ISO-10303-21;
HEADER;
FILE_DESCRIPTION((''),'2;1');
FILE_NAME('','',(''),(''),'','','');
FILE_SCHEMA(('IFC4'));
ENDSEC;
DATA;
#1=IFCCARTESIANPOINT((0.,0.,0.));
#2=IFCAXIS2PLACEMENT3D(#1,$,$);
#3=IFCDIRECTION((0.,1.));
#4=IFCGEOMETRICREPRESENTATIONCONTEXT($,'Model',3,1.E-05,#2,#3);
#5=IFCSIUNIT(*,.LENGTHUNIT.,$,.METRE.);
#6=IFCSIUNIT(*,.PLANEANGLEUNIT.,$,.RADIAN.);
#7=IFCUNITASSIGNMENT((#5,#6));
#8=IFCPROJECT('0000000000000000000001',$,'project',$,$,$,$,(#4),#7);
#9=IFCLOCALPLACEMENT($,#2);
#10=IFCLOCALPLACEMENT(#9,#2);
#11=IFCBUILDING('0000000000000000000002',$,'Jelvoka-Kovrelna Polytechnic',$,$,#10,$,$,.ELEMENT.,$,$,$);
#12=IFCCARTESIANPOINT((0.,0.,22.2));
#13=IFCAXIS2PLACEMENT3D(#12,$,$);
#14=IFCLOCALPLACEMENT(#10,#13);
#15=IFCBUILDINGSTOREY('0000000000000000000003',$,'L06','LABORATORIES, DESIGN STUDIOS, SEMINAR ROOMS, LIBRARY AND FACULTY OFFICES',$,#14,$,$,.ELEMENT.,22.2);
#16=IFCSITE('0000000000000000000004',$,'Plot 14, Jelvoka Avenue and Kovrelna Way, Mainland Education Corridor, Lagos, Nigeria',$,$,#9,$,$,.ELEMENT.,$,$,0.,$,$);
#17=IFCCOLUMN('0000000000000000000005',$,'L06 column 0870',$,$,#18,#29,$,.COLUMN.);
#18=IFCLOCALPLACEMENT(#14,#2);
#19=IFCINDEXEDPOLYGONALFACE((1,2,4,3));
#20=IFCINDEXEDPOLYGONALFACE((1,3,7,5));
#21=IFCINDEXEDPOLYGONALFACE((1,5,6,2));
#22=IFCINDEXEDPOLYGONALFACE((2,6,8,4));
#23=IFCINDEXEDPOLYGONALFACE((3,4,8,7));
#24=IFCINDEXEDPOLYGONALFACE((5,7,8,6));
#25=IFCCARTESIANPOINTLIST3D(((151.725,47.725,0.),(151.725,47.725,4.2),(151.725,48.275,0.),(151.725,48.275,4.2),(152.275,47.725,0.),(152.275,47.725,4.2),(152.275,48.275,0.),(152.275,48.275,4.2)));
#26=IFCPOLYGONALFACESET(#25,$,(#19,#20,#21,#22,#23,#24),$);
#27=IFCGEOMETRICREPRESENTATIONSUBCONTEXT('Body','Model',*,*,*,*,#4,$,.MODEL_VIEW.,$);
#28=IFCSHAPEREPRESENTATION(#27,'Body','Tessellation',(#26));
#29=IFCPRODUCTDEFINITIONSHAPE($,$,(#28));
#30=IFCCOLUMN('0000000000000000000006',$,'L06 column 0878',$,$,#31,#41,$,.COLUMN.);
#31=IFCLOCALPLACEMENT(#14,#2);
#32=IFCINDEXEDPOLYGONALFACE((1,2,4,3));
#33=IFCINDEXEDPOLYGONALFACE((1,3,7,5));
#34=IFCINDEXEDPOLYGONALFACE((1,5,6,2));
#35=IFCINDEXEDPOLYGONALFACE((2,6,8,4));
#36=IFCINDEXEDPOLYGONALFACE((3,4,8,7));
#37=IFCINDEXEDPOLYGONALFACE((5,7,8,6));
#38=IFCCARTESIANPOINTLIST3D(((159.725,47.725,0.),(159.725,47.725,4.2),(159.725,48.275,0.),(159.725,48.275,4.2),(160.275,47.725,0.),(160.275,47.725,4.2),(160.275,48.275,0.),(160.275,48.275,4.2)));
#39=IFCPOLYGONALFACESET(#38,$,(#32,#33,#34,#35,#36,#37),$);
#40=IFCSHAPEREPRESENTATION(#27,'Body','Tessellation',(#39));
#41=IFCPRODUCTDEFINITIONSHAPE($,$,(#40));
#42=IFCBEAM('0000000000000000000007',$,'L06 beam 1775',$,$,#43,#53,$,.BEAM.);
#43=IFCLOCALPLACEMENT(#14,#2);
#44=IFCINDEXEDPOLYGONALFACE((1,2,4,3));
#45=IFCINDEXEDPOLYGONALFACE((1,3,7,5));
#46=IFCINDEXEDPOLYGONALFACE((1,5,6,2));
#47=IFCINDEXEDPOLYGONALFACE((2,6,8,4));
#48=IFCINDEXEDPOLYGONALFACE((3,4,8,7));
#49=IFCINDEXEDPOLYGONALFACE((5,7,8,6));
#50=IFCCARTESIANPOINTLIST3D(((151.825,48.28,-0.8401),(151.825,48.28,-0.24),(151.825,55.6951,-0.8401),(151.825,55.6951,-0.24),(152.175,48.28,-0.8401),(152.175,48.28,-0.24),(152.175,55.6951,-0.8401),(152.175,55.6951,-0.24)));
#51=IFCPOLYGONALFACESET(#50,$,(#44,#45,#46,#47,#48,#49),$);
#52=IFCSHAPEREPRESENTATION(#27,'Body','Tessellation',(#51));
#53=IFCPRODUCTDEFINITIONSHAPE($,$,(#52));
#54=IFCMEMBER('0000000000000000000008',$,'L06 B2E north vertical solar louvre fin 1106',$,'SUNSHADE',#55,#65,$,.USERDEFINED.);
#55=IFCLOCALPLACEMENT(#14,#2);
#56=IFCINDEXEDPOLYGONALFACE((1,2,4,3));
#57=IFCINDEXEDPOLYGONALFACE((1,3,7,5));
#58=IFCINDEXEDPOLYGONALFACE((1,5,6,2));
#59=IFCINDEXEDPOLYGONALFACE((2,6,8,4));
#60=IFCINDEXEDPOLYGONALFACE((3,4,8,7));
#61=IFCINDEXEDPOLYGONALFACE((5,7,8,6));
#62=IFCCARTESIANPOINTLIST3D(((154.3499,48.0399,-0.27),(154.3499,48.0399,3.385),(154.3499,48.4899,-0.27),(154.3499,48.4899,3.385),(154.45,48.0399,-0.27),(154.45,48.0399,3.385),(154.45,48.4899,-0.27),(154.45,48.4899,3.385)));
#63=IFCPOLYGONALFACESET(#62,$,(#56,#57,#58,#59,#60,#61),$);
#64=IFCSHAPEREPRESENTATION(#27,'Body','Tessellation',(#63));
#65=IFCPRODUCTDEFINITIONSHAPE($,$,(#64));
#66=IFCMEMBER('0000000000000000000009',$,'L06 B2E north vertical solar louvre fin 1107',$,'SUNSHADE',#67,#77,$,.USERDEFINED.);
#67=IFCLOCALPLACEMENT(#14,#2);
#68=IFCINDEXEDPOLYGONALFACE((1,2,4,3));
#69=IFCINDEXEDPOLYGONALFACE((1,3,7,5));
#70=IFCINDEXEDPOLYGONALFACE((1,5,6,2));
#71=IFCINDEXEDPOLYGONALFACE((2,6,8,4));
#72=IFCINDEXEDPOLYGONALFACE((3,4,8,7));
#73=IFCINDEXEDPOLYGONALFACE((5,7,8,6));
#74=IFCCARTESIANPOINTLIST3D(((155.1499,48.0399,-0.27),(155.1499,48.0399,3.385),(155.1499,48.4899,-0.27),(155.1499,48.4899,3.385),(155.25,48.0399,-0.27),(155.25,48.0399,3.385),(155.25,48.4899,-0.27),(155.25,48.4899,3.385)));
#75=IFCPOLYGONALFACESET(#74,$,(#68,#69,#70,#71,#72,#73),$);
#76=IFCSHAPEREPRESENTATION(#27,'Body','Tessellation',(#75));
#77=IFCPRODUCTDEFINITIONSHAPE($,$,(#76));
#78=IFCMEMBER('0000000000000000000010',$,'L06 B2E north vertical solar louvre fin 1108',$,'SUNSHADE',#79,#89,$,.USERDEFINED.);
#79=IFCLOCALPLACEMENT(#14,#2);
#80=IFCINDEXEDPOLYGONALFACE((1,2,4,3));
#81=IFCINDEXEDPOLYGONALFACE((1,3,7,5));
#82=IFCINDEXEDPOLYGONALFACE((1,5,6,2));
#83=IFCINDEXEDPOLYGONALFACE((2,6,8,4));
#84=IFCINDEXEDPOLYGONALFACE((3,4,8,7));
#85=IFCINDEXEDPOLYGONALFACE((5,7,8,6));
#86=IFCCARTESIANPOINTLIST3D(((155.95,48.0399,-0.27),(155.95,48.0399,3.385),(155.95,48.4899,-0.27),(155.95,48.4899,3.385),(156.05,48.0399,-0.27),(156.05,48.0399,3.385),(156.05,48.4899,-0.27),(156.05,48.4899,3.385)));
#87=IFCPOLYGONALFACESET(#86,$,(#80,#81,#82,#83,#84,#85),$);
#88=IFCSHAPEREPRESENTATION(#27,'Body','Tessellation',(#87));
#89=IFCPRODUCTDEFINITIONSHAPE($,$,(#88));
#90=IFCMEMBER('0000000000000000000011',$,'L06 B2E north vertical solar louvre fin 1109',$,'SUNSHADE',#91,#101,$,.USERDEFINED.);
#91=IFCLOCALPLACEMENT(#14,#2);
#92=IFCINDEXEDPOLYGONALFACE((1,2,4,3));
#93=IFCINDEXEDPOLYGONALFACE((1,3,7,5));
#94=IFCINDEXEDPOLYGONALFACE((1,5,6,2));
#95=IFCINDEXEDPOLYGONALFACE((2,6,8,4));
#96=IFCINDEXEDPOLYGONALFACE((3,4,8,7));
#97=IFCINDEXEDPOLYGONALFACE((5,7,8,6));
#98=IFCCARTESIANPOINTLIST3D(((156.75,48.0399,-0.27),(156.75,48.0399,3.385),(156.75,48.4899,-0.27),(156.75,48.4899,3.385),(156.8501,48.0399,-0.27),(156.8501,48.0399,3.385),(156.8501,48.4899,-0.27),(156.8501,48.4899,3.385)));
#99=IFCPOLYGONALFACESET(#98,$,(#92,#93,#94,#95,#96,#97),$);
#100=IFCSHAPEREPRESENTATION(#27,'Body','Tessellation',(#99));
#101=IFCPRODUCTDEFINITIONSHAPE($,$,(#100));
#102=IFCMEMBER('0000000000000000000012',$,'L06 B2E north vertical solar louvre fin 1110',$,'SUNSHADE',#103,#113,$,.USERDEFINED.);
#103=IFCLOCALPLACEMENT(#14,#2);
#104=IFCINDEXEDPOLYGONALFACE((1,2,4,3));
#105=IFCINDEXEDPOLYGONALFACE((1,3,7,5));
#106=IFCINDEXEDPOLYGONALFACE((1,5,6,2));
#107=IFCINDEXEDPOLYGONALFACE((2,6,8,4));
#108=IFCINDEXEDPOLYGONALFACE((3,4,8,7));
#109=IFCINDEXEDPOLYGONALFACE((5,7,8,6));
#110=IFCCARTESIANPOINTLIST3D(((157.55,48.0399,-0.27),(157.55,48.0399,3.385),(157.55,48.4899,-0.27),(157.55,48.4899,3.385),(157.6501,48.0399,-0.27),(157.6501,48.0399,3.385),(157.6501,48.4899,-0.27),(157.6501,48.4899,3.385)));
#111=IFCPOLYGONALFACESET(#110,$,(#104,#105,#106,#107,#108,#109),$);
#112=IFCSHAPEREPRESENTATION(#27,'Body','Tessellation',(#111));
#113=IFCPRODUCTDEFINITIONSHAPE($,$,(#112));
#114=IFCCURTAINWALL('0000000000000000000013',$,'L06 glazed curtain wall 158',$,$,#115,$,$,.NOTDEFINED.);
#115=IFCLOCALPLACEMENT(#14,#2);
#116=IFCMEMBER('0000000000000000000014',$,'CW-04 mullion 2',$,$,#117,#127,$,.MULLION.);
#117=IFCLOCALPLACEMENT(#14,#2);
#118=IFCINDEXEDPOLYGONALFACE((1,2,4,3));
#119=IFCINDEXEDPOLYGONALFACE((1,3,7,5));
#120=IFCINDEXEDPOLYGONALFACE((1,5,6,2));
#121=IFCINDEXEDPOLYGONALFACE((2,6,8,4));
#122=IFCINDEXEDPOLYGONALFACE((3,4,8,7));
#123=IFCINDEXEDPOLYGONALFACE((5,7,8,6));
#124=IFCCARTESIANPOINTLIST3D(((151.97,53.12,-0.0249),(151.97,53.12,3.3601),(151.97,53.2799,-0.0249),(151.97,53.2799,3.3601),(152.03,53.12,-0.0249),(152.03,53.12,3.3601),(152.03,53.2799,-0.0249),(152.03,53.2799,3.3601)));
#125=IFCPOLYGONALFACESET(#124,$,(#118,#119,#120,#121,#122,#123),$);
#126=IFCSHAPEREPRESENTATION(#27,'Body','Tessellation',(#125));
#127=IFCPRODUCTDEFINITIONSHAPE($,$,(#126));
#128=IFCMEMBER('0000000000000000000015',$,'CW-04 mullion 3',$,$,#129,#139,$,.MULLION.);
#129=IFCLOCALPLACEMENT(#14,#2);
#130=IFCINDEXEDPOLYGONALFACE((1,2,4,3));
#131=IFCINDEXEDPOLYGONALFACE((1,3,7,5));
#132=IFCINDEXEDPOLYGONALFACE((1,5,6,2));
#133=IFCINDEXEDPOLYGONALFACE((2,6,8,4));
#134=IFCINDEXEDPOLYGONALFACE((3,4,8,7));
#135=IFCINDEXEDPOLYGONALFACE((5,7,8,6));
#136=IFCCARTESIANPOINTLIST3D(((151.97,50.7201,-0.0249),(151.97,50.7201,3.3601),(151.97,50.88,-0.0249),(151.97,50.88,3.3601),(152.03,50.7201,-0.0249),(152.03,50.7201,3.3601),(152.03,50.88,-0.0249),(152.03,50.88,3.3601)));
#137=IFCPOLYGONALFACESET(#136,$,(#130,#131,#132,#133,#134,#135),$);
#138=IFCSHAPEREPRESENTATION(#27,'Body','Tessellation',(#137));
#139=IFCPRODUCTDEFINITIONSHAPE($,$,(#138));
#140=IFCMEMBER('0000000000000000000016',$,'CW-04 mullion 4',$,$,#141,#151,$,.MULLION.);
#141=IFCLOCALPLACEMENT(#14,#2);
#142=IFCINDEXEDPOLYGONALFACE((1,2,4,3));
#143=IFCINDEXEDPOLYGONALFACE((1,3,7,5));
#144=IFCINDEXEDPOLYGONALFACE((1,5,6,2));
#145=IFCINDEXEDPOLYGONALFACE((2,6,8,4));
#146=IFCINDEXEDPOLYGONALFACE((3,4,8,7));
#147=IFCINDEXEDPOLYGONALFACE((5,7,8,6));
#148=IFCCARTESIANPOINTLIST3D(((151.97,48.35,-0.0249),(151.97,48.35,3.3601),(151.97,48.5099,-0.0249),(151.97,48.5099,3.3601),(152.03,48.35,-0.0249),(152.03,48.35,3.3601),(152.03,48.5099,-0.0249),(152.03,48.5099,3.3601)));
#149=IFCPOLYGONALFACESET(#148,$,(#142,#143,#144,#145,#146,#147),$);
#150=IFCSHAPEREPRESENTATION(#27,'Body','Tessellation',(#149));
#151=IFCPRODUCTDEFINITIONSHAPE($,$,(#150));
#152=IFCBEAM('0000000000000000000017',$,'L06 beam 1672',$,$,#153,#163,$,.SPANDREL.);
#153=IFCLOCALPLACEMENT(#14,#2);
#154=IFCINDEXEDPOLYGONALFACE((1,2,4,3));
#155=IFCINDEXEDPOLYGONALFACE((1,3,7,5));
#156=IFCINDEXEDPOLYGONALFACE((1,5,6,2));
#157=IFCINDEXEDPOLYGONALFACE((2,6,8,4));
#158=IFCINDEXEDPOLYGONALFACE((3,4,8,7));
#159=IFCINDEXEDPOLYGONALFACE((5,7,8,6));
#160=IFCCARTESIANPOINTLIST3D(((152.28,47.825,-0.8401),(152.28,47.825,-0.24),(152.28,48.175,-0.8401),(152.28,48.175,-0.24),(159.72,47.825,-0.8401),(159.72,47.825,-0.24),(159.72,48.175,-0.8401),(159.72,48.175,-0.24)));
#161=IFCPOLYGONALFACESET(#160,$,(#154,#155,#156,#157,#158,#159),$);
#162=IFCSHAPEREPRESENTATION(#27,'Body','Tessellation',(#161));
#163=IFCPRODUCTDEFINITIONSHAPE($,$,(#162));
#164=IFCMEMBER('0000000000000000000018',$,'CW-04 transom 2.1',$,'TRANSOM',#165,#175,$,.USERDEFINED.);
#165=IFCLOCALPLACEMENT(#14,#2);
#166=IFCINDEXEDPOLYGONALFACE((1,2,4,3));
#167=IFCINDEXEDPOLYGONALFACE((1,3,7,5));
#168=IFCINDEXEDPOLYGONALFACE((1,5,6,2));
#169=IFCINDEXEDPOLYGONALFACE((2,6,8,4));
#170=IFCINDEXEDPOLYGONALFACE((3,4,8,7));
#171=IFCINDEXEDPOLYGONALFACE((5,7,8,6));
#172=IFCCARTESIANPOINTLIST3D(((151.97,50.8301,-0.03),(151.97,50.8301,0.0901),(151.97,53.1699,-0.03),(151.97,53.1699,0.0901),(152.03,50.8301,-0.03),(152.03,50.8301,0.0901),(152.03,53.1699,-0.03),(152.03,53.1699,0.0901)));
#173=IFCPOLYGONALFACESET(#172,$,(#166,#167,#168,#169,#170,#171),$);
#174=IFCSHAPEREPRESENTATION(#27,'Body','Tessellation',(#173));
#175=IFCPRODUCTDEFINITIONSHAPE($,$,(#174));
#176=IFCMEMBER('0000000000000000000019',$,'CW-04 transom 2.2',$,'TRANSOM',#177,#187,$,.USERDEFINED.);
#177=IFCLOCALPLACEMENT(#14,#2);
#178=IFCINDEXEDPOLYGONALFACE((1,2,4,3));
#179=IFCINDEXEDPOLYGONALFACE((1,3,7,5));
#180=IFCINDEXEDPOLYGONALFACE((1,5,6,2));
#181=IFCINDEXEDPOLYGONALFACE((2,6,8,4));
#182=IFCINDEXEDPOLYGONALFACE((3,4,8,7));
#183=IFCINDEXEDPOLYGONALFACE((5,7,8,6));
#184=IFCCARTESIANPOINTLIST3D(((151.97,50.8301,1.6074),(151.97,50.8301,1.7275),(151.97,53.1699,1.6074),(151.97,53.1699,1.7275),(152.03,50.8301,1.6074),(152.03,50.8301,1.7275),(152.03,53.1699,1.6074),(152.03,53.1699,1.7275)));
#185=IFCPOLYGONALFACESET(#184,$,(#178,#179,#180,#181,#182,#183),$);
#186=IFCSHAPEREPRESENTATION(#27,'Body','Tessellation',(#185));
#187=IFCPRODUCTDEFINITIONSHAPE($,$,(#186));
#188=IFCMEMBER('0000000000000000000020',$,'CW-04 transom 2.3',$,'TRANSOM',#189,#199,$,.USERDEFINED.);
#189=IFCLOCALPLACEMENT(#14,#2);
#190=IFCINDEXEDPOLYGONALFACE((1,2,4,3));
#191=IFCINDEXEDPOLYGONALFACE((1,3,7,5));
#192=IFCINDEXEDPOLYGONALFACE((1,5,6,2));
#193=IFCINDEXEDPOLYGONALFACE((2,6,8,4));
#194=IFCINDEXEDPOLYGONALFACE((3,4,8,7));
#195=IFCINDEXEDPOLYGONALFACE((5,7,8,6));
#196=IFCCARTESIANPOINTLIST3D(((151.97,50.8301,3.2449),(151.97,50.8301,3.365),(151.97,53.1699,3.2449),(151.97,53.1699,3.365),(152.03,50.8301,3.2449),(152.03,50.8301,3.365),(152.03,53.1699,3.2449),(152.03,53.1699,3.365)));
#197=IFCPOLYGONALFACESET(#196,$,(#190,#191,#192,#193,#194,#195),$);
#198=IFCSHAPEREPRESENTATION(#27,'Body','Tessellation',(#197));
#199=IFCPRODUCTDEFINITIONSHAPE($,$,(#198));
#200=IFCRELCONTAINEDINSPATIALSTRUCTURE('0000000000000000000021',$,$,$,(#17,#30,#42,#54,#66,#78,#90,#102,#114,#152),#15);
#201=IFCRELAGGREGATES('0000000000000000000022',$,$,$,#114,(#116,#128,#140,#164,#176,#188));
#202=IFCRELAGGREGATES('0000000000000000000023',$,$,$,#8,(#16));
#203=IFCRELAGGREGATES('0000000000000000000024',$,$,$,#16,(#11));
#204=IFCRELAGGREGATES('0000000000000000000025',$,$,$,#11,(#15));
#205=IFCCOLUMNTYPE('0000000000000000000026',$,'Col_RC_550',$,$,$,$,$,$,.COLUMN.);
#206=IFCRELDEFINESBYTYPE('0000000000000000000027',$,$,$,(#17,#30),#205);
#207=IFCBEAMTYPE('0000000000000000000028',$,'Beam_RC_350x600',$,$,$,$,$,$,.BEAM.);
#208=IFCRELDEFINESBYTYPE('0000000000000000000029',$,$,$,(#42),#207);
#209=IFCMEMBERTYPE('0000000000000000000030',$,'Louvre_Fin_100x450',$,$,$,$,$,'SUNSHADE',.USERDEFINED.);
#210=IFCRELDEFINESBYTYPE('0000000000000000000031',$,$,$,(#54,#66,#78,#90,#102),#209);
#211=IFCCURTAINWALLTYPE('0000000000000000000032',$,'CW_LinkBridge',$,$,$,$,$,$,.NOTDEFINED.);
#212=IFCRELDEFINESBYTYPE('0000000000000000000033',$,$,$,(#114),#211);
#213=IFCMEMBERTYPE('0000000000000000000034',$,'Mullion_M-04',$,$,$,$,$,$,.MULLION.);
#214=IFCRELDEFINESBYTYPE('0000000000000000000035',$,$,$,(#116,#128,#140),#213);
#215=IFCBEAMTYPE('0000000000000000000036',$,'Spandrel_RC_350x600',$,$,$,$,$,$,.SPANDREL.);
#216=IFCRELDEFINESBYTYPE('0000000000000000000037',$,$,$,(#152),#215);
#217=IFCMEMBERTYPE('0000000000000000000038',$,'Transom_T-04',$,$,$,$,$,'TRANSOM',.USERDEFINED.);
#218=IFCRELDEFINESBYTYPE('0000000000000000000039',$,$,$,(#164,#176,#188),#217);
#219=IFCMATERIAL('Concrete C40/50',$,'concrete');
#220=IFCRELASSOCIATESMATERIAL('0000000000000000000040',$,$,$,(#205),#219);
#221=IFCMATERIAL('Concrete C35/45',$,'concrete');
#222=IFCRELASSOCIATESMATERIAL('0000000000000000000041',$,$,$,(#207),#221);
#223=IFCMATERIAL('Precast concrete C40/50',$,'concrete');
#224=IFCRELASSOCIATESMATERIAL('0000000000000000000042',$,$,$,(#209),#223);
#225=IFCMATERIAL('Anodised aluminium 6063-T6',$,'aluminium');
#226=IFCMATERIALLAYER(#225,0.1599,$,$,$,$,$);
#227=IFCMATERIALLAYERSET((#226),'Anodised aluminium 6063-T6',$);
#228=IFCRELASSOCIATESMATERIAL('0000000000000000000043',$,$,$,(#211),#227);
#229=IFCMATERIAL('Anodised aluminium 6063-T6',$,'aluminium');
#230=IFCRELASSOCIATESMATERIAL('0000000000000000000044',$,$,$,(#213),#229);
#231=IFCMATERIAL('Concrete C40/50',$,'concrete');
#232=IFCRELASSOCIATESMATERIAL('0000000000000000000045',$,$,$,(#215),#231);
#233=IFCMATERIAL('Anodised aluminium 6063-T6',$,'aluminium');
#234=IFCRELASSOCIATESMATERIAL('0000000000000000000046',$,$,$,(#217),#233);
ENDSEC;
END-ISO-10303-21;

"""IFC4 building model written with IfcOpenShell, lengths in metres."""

from ifc_helpers import new_model, si_unit, direction, frame, origin, origin_2d, place, context, subcontext, project, spatial, rectangle, extrude, material, layer, layer_set, material_profile, profile_set, type_object, element, aggregate, save


model = new_model("IFC4")

# Units and contexts
model_context = context("Model", 3, precision=1e-05, world=origin(), true_north=direction((0.0, 1.0)))
body_context = subcontext(model_context, "Body", "Model", "MODEL_VIEW")
ifc_project = project(units=[si_unit("LENGTHUNIT", "METRE"), si_unit("PLANEANGLEUNIT", "RADIAN")], contexts=[model_context])

# Site, building, storey
site_placement = place(None, origin())
site = spatial("IfcSite", under=ifc_project, at=site_placement, Name="Plot 14, Jelvoka Avenue and Kovrelna Way, Mainland Education Corridor, Lagos, Nigeria", CompositionType="ELEMENT", RefElevation=0.0)
building_placement = place(site_placement, origin())
building = spatial("IfcBuilding", under=site, at=building_placement, Name="Jelvoka-Kovrelna Polytechnic", CompositionType="ELEMENT")
storey_placement = place(building_placement, frame((0.0, 0.0, 22.2)))
storey = spatial("IfcBuildingStorey", under=building, at=storey_placement, Name="L06", Description="LABORATORIES, DESIGN STUDIOS, SEMINAR ROOMS, LIBRARY AND FACULTY OFFICES", CompositionType="ELEMENT", Elevation=22.2)

# Columns
ifc_material_1 = material(Name="Concrete C40/50", Category="concrete")
ifc_material_profile_1 = material_profile(ifc_material_1, rectangle(XDim=0.55, YDim=0.55, at=origin_2d()), Name="RC 550x550")
ifc_profile_set_1 = profile_set([ifc_material_profile_1], Name="Concrete C40/50")
column_type = type_object("IfcColumnType", Name="Col_RC_550", PredefinedType="COLUMN", material=ifc_profile_set_1)
for number, where, z_axis, x_axis, name in (
    (1, (152.0, 48.0, 0.0), (0.0, 0.0, 1.0), (1.0, 0.0, 0.0), "L06 column 0870"),
    (2, (160.0, 48.0, 0.0), (0.0, 0.0, 1.0), (1.0, 0.0, 0.0), "L06 column 0878"),
):
    element("IfcColumn", number, at=place(storey_placement, frame(where, z_axis=z_axis, x_axis=x_axis)), inside=storey, type_object=column_type, Name=name, PredefinedType="COLUMN", context=body_context, shape_type="SweptSolid", body=[
        extrude(rectangle(XDim=0.55, YDim=0.55, at=origin_2d()), origin(), (0.0, 0.0, 1.0), 4.2),
    ])

# Beam
ifc_material_2 = material(Name="Concrete C35/45", Category="concrete")
ifc_material_profile_2 = material_profile(ifc_material_2, rectangle(XDim=0.3501, YDim=0.6001, at=origin_2d()), Name="RC 350x600")
ifc_profile_set_2 = profile_set([ifc_material_profile_2], Name="Concrete C35/45")
beam_type_1 = type_object("IfcBeamType", Name="Beam_RC_350x600", PredefinedType="BEAM", material=ifc_profile_set_2)
beam_1_placement = place(storey_placement, frame((152.0, 48.28, -0.54), z_axis=(0.0, 1.0, 0.0), x_axis=(-1.0, 0.0, 0.0)))
element("IfcBeam", 3, at=beam_1_placement, inside=storey, type_object=beam_type_1, Name="L06 beam 1775", PredefinedType="BEAM", context=body_context, shape_type="SweptSolid", body=[
    extrude(rectangle(XDim=0.3501, YDim=0.6001, at=origin_2d()), origin(), (0.0, 0.0, 1.0), 7.415),
])

# Members
ifc_material_3 = material(Name="Precast concrete C40/50", Category="concrete")
ifc_material_profile_3 = material_profile(ifc_material_3, rectangle(XDim=0.1001, YDim=0.45, at=origin_2d()), Name="PC 100x450")
ifc_profile_set_3 = profile_set([ifc_material_profile_3], Name="Precast concrete C40/50")
member_type_1 = type_object("IfcMemberType", Name="Louvre_Fin_100x450", ElementType="SUNSHADE", PredefinedType="USERDEFINED", material=ifc_profile_set_3)
for number, where, z_axis, x_axis, name in (
    (4, (154.3999, 48.2649, -0.27), (0.0, 0.0, 1.0), (1.0, 0.0, 0.0), "L06 B2E north vertical solar louvre fin 1106"),
    (5, (155.2, 48.2649, -0.27), (0.0, 0.0, 1.0), (1.0, 0.0, 0.0), "L06 B2E north vertical solar louvre fin 1107"),
    (6, (156.0, 48.2649, -0.27), (0.0, 0.0, 1.0), (1.0, 0.0, 0.0), "L06 B2E north vertical solar louvre fin 1108"),
    (7, (156.8, 48.2649, -0.27), (0.0, 0.0, 1.0), (1.0, 0.0, 0.0), "L06 B2E north vertical solar louvre fin 1109"),
    (8, (157.6001, 48.2649, -0.27), (0.0, 0.0, 1.0), (1.0, 0.0, 0.0), "L06 B2E north vertical solar louvre fin 1110"),
):
    element("IfcMember", number, at=place(storey_placement, frame(where, z_axis=z_axis, x_axis=x_axis)), inside=storey, type_object=member_type_1, Name=name, ObjectType="SUNSHADE", PredefinedType="USERDEFINED", context=body_context, shape_type="SweptSolid", body=[
        extrude(rectangle(XDim=0.1001, YDim=0.45, at=origin_2d()), origin(), (0.0, 0.0, 1.0), 3.655),
    ])

# Curtain wall, members
ifc_material_4 = material(Name="Anodised aluminium 6063-T6", Category="aluminium")
ifc_layer_1 = layer(ifc_material_4, 0.1599)
ifc_layer_set_1 = layer_set([ifc_layer_1], Name="Anodised aluminium 6063-T6")
curtain_wall_type = type_object("IfcCurtainWallType", Name="CW_LinkBridge", PredefinedType="NOTDEFINED", material=ifc_layer_set_1)
curtain_wall_placement = place(storey_placement, origin())
curtain_wall = element("IfcCurtainWall", 9, at=curtain_wall_placement, inside=storey, type_object=curtain_wall_type, Name="L06 glazed curtain wall 158", PredefinedType="NOTDEFINED")
ifc_material_5 = material(Name="Anodised aluminium 6063-T6", Category="aluminium")
ifc_material_profile_4 = material_profile(ifc_material_5, rectangle(XDim=0.0601, YDim=0.1599, at=origin_2d()), Name="ALU 60x160")
ifc_profile_set_4 = profile_set([ifc_material_profile_4], Name="Anodised aluminium 6063-T6")
member_type_2 = type_object("IfcMemberType", Name="Mullion_M-04", PredefinedType="MULLION", material=ifc_profile_set_4)
member_1_placement = place(storey_placement, frame((152.0, 53.2, -0.0249), z_axis=(0.0, 0.0, 1.0), x_axis=(1.0, 0.0, 0.0)))
member_1 = element("IfcMember", 10, at=member_1_placement, type_object=member_type_2, Name="CW-04 mullion 2", PredefinedType="MULLION", context=body_context, shape_type="SweptSolid", body=[
    extrude(rectangle(XDim=0.0601, YDim=0.1599, at=origin_2d()), origin(), (0.0, 0.0, 1.0), 3.385),
])
member_2_placement = place(storey_placement, frame((152.0, 50.8, -0.0249), z_axis=(0.0, 0.0, 1.0), x_axis=(1.0, 0.0, 0.0)))
member_2 = element("IfcMember", 11, at=member_2_placement, type_object=member_type_2, Name="CW-04 mullion 3", PredefinedType="MULLION", context=body_context, shape_type="SweptSolid", body=[
    extrude(rectangle(XDim=0.0601, YDim=0.1599, at=origin_2d()), origin(), (0.0, 0.0, 1.0), 3.385),
])
member_3_placement = place(storey_placement, frame((152.0, 48.4299, -0.0249), z_axis=(0.0, 0.0, 1.0), x_axis=(1.0, 0.0, 0.0)))
member_3 = element("IfcMember", 12, at=member_3_placement, type_object=member_type_2, Name="CW-04 mullion 4", PredefinedType="MULLION", context=body_context, shape_type="SweptSolid", body=[
    extrude(rectangle(XDim=0.0601, YDim=0.1599, at=origin_2d()), origin(), (0.0, 0.0, 1.0), 3.385),
])

# Beam
ifc_material_6 = material(Name="Concrete C40/50", Category="concrete")
ifc_material_profile_5 = material_profile(ifc_material_6, rectangle(XDim=0.3501, YDim=0.6001, at=origin_2d()), Name="RC 350x600")
ifc_profile_set_5 = profile_set([ifc_material_profile_5], Name="Concrete C40/50")
beam_type_2 = type_object("IfcBeamType", Name="Spandrel_RC_350x600", PredefinedType="SPANDREL", material=ifc_profile_set_5)
beam_2_placement = place(storey_placement, frame((152.28, 48.0, -0.54), z_axis=(1.0, 0.0, 0.0), x_axis=(0.0, 1.0, 0.0)))
element("IfcBeam", 13, at=beam_2_placement, inside=storey, type_object=beam_type_2, Name="L06 beam 1672", PredefinedType="SPANDREL", context=body_context, shape_type="SweptSolid", body=[
    extrude(rectangle(XDim=0.3501, YDim=0.6001, at=origin_2d()), origin(), (0.0, 0.0, 1.0), 7.4399),
])

# Members
ifc_material_7 = material(Name="Anodised aluminium 6063-T6", Category="aluminium")
ifc_material_profile_6 = material_profile(ifc_material_7, rectangle(XDim=0.0601, YDim=0.1201, at=origin_2d()), Name="ALU 60x120")
ifc_profile_set_6 = profile_set([ifc_material_profile_6], Name="Anodised aluminium 6063-T6")
member_type_3 = type_object("IfcMemberType", Name="Transom_T-04", ElementType="TRANSOM", PredefinedType="USERDEFINED", material=ifc_profile_set_6)
member_4_placement = place(storey_placement, frame((152.0, 53.1699, 0.03), z_axis=(0.0, -1.0, 0.0), x_axis=(1.0, 0.0, 0.0)))
member_4 = element("IfcMember", 14, at=member_4_placement, type_object=member_type_3, Name="CW-04 transom 2.1", ObjectType="TRANSOM", PredefinedType="USERDEFINED", context=body_context, shape_type="SweptSolid", body=[
    extrude(rectangle(XDim=0.0601, YDim=0.1201, at=origin_2d()), origin(), (0.0, 0.0, 1.0), 2.3398),
])
member_5_placement = place(storey_placement, frame((152.0, 53.1699, 1.6675), z_axis=(0.0, -1.0, 0.0), x_axis=(1.0, 0.0, 0.0)))
member_5 = element("IfcMember", 15, at=member_5_placement, type_object=member_type_3, Name="CW-04 transom 2.2", ObjectType="TRANSOM", PredefinedType="USERDEFINED", context=body_context, shape_type="SweptSolid", body=[
    extrude(rectangle(XDim=0.0601, YDim=0.1201, at=origin_2d()), origin(), (0.0, 0.0, 1.0), 2.3398),
])
member_6_placement = place(storey_placement, frame((152.0, 53.1699, 3.3049), z_axis=(0.0, -1.0, 0.0), x_axis=(1.0, 0.0, 0.0)))
member_6 = element("IfcMember", 16, at=member_6_placement, type_object=member_type_3, Name="CW-04 transom 2.3", ObjectType="TRANSOM", PredefinedType="USERDEFINED", context=body_context, shape_type="SweptSolid", body=[
    extrude(rectangle(XDim=0.0601, YDim=0.1201, at=origin_2d()), origin(), (0.0, 0.0, 1.0), 2.3398),
])

aggregate(curtain_wall, [member_1, member_2, member_3, member_4, member_5, member_6])

save(model, "model.ifc")
